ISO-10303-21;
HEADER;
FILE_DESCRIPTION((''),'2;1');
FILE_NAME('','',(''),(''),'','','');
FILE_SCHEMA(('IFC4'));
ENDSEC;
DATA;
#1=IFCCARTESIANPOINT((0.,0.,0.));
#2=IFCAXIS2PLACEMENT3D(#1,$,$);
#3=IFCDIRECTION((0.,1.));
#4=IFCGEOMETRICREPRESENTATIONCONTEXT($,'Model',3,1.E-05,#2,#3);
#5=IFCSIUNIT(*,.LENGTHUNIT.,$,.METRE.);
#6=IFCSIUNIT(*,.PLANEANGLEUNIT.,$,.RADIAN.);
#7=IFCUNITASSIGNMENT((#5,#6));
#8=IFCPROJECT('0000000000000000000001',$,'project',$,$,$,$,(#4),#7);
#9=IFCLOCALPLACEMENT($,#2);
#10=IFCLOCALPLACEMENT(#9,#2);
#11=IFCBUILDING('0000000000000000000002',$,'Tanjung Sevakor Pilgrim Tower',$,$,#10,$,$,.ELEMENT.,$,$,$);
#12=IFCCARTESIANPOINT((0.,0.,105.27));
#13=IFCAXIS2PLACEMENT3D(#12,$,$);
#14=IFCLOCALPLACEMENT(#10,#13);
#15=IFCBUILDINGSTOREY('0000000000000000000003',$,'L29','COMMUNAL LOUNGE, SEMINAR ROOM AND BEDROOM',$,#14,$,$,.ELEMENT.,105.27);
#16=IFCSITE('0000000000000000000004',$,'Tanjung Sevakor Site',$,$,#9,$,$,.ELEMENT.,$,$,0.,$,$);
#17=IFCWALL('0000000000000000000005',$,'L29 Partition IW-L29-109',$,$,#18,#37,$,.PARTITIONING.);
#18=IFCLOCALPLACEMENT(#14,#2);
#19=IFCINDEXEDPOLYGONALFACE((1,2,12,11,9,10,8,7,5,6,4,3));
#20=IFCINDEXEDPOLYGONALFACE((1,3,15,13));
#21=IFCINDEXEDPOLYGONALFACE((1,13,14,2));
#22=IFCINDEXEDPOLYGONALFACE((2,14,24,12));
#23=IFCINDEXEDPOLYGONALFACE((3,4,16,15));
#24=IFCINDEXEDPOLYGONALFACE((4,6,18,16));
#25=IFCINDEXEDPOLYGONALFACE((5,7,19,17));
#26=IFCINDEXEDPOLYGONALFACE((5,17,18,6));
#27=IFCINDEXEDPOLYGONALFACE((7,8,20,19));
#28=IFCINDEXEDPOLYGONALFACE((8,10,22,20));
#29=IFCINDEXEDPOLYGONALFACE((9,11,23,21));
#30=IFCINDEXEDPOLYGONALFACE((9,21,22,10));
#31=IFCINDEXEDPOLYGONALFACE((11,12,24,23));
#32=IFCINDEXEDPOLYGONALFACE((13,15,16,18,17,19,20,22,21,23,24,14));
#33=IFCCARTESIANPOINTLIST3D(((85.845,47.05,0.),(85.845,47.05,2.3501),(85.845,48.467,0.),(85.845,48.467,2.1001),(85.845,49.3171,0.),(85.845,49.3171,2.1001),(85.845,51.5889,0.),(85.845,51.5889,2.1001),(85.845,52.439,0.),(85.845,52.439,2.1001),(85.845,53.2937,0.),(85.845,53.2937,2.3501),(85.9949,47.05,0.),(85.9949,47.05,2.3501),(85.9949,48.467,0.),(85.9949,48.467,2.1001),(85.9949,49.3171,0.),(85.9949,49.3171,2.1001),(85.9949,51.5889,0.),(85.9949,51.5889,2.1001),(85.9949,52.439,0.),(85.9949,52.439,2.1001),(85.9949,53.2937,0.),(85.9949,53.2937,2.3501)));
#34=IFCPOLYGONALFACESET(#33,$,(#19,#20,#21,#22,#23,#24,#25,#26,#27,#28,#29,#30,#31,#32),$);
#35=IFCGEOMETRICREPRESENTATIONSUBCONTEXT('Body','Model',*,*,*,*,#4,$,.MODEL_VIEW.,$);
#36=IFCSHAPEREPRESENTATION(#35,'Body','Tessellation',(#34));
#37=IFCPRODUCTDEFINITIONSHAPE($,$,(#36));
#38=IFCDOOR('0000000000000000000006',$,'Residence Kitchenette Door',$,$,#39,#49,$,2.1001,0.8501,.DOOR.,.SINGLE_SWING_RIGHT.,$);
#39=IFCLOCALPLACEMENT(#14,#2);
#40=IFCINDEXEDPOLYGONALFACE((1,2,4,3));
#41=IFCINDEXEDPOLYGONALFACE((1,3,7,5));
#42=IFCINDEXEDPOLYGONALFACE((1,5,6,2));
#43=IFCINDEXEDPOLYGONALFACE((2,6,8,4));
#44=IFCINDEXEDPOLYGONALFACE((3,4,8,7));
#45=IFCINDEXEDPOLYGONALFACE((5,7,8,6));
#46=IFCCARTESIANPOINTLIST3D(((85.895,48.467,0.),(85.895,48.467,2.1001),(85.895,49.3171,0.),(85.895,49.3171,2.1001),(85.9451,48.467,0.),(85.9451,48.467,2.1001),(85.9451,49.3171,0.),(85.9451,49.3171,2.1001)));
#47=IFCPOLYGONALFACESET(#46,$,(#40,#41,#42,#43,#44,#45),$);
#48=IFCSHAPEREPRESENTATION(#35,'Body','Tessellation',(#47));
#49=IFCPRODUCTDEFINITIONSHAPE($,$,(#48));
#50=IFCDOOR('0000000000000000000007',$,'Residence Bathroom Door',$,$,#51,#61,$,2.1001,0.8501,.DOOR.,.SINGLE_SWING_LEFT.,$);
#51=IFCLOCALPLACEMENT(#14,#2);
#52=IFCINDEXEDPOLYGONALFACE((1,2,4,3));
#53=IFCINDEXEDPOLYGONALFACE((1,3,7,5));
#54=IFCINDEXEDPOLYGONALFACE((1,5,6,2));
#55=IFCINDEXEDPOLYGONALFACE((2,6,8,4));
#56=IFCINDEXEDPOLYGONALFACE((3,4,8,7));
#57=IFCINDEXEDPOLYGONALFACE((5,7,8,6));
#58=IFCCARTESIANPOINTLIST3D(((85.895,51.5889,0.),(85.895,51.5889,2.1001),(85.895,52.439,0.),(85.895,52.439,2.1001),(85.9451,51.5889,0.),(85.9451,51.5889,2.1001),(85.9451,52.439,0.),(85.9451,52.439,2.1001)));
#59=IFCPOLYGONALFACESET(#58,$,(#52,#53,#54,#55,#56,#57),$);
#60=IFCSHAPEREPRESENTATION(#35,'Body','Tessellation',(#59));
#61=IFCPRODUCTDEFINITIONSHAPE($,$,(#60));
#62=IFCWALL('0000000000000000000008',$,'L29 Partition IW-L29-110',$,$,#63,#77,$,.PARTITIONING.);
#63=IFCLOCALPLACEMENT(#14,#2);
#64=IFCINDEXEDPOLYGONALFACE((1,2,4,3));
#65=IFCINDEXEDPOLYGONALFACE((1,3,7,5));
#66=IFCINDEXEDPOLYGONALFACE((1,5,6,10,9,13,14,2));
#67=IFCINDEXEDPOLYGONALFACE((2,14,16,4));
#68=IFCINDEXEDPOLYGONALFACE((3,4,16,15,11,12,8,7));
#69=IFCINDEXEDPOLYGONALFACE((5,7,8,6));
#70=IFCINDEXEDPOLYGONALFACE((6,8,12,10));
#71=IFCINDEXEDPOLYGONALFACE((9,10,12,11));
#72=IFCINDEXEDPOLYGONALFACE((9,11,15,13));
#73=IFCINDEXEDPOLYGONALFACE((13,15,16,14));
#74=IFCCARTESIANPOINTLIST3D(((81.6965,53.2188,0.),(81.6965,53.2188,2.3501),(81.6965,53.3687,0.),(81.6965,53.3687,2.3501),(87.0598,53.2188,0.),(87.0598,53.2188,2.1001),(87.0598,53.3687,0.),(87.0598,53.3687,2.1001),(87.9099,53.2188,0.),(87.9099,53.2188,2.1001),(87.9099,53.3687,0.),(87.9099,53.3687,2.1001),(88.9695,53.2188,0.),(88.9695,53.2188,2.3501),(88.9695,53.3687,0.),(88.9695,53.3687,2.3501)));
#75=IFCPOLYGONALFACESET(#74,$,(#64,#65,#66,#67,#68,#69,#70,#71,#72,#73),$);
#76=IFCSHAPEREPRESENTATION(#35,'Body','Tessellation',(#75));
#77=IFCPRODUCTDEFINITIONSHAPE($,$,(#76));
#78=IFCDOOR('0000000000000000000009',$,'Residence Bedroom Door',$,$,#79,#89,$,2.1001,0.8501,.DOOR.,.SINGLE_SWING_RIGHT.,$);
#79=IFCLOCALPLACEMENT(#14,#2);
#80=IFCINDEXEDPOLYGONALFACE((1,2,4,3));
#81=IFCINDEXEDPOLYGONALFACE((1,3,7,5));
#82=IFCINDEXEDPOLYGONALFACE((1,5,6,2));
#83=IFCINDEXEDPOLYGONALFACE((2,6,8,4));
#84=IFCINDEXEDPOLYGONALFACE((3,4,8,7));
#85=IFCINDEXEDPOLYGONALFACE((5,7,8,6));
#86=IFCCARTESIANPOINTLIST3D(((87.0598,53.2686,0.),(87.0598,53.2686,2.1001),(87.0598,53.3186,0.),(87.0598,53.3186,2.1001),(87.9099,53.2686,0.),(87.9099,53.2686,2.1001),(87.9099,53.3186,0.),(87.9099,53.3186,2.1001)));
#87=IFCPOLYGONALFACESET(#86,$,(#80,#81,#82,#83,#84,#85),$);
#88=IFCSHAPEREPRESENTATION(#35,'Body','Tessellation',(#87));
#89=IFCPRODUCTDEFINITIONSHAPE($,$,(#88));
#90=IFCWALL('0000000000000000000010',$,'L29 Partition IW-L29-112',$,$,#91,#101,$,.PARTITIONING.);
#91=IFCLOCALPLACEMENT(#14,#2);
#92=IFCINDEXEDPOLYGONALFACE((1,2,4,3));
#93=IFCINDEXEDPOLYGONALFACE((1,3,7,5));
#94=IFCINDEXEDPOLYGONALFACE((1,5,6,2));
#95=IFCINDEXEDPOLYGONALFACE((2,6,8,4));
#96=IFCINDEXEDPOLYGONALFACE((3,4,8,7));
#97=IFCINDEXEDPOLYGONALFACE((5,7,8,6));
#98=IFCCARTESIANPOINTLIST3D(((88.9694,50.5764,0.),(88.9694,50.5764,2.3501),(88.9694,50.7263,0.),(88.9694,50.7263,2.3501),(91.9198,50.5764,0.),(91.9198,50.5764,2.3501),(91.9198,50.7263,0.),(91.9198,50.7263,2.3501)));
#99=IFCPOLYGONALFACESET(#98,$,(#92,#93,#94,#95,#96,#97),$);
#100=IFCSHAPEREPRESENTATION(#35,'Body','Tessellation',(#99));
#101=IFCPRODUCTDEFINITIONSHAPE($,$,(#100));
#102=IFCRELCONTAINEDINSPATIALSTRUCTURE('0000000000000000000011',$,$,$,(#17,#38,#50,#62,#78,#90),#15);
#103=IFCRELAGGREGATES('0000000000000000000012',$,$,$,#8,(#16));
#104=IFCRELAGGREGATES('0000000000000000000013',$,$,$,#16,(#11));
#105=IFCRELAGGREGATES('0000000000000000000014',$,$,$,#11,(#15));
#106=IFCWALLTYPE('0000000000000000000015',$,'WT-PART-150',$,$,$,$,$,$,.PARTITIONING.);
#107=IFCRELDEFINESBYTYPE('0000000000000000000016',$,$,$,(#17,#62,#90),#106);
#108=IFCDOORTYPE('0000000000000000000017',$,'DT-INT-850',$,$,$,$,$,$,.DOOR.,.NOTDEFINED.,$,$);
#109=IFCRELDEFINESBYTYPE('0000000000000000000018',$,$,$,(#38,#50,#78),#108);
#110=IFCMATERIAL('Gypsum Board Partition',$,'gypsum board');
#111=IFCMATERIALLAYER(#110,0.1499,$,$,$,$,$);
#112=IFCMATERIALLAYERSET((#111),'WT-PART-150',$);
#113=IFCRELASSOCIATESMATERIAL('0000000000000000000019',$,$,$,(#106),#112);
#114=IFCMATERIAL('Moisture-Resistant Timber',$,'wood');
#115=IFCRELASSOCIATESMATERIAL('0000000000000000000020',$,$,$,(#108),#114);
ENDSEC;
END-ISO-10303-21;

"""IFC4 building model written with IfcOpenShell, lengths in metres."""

from ifc_helpers import new_model, si_unit, direction, frame, frame_2d, origin, place, context, subcontext, project, spatial, rectangle, extrude, material, layer, layer_set, type_object, element, fill, save


model = new_model("IFC4")

# Units and contexts
model_context = context("Model", 3, precision=1e-05, world=origin(), true_north=direction((0.0, 1.0)))
body_context = subcontext(model_context, "Body", "Model", "MODEL_VIEW")
ifc_project = project(units=[si_unit("LENGTHUNIT", "METRE"), si_unit("PLANEANGLEUNIT", "RADIAN")], contexts=[model_context])

# Site, building, storey
site_placement = place(None, origin())
site = spatial("IfcSite", under=ifc_project, at=site_placement, Name="Tanjung Sevakor Site", CompositionType="ELEMENT", RefElevation=0.0)
building_placement = place(site_placement, origin())
building = spatial("IfcBuilding", under=site, at=building_placement, Name="Tanjung Sevakor Pilgrim Tower", CompositionType="ELEMENT")
storey_placement = place(building_placement, frame((0.0, 0.0, 105.27)))
storey = spatial("IfcBuildingStorey", under=building, at=storey_placement, Name="L29", Description="COMMUNAL LOUNGE, SEMINAR ROOM AND BEDROOM", CompositionType="ELEMENT", Elevation=105.27)

# Shared definitions
ifc_material_1 = material(Name="Gypsum Board Partition", Category="gypsum board")
ifc_layer_1 = layer(ifc_material_1, 0.1499)
ifc_layer_set_1 = layer_set([ifc_layer_1], Name="WT-PART-150")
wall_type_1 = type_object("IfcWallType", Name="WT-PART-150", PredefinedType="PARTITIONING", material=ifc_layer_set_1)

# Wall, openings, doors
wall_1_placement = place(storey_placement, frame((85.9199, 47.05, 0.0), z_axis=(0.0, 0.0, 1.0), x_axis=(0.0, 1.0, 0.0)))
wall_1 = element("IfcWall", 1, at=wall_1_placement, inside=storey, type_object=wall_type_1, Name="L29 Partition IW-L29-109", PredefinedType="PARTITIONING", context=body_context, shape_type="SweptSolid", body=[
    extrude(rectangle(XDim=6.2437, YDim=0.1499, at=frame_2d((3.1218, 0.0))), origin(), (0.0, 0.0, 1.0), 2.3501),
])
opening_1_placement = place(wall_1_placement, frame((1.417, 0.0, 0.0)))
opening_1 = element("IfcOpeningElement", 2, at=opening_1_placement, cuts=wall_1, PredefinedType="OPENING", context=body_context, shape_type="SweptSolid", body=[
    extrude(rectangle(XDim=0.8501, YDim=2.1001, at=frame_2d((0.425, 1.05))), frame((0.0, 0.085, 0.0), z_axis=(0.0, -1.0, 0.0), x_axis=(1.0, 0.0, 0.0)), (0.0, 0.0, 1.0), 0.1699),
])
opening_2_placement = place(wall_1_placement, frame((4.5388, 0.0, 0.0)))
opening_2 = element("IfcOpeningElement", 3, at=opening_2_placement, cuts=wall_1, PredefinedType="OPENING", context=body_context, shape_type="SweptSolid", body=[
    extrude(rectangle(XDim=0.8501, YDim=2.1001, at=frame_2d((0.425, 1.05))), frame((0.0, 0.085, 0.0), z_axis=(0.0, -1.0, 0.0), x_axis=(1.0, 0.0, 0.0)), (0.0, 0.0, 1.0), 0.1699),
])
ifc_material_2 = material(Name="Moisture-Resistant Timber", Category="wood")
door_type_1 = type_object("IfcDoorType", Name="DT-INT-850", OperationType="NOTDEFINED", PredefinedType="DOOR", material=ifc_material_2)
door_1_placement = place(opening_1_placement, origin())
door_1 = element("IfcDoor", 4, at=door_1_placement, inside=storey, type_object=door_type_1, Name="Residence Kitchenette Door", OperationType="SINGLE_SWING_RIGHT", OverallHeight=2.1001, OverallWidth=0.8501, PredefinedType="DOOR", context=body_context, shape_type="SweptSolid", body=[
    extrude(rectangle(XDim=0.8501, YDim=2.1001, at=frame_2d((0.425, 1.05))), frame((0.0, 0.0249, 0.0), z_axis=(0.0, -1.0, 0.0), x_axis=(1.0, 0.0, 0.0)), (0.0, 0.0, 1.0), 0.05),
])
fill(opening_1, door_1)
door_2_placement = place(opening_2_placement, origin())
door_2 = element("IfcDoor", 5, at=door_2_placement, inside=storey, type_object=door_type_1, Name="Residence Bathroom Door", OperationType="SINGLE_SWING_LEFT", OverallHeight=2.1001, OverallWidth=0.8501, PredefinedType="DOOR", context=body_context, shape_type="SweptSolid", body=[
    extrude(rectangle(XDim=0.8501, YDim=2.1001, at=frame_2d((0.425, 1.05))), frame((0.0, 0.0249, 0.0), z_axis=(0.0, -1.0, 0.0), x_axis=(1.0, 0.0, 0.0)), (0.0, 0.0, 1.0), 0.05),
])
fill(opening_2, door_2)

# Wall, opening, door
wall_2_placement = place(storey_placement, frame((81.6965, 53.2937, 0.0), z_axis=(0.0, 0.0, 1.0), x_axis=(1.0, 0.0, 0.0)))
wall_2 = element("IfcWall", 6, at=wall_2_placement, inside=storey, type_object=wall_type_1, Name="L29 Partition IW-L29-110", PredefinedType="PARTITIONING", context=body_context, shape_type="SweptSolid", body=[
    extrude(rectangle(XDim=7.2729, YDim=0.1499, at=frame_2d((3.6365, 0.0))), origin(), (0.0, 0.0, 1.0), 2.3501),
])
opening_3_placement = place(wall_2_placement, frame((5.3633, 0.0, 0.0)))
opening_3 = element("IfcOpeningElement", 7, at=opening_3_placement, cuts=wall_2, PredefinedType="OPENING", context=body_context, shape_type="SweptSolid", body=[
    extrude(rectangle(XDim=0.8501, YDim=2.1001, at=frame_2d((0.425, 1.05))), frame((0.0, 0.085, 0.0), z_axis=(0.0, -1.0, 0.0), x_axis=(1.0, 0.0, 0.0)), (0.0, 0.0, 1.0), 0.1699),
])
door_3_placement = place(opening_3_placement, origin())
door_3 = element("IfcDoor", 8, at=door_3_placement, inside=storey, type_object=door_type_1, Name="Residence Bedroom Door", OperationType="SINGLE_SWING_RIGHT", OverallHeight=2.1001, OverallWidth=0.8501, PredefinedType="DOOR", context=body_context, shape_type="SweptSolid", body=[
    extrude(rectangle(XDim=0.8501, YDim=2.1001, at=frame_2d((0.425, 1.05))), frame((0.0, 0.0249, 0.0), z_axis=(0.0, -1.0, 0.0), x_axis=(1.0, 0.0, 0.0)), (0.0, 0.0, 1.0), 0.05),
])
fill(opening_3, door_3)

# Wall
wall_3_placement = place(storey_placement, frame((88.9695, 50.6514, 0.0), z_axis=(0.0, 0.0, 1.0), x_axis=(1.0, 0.0, 0.0)))
element("IfcWall", 9, at=wall_3_placement, inside=storey, type_object=wall_type_1, Name="L29 Partition IW-L29-112", PredefinedType="PARTITIONING", context=body_context, shape_type="SweptSolid", body=[
    extrude(rectangle(XDim=2.9504, YDim=0.1499, at=frame_2d((1.4751, 0.0))), origin(), (0.0, 0.0, 1.0), 2.3501),
])

save(model, "model.ifc")
